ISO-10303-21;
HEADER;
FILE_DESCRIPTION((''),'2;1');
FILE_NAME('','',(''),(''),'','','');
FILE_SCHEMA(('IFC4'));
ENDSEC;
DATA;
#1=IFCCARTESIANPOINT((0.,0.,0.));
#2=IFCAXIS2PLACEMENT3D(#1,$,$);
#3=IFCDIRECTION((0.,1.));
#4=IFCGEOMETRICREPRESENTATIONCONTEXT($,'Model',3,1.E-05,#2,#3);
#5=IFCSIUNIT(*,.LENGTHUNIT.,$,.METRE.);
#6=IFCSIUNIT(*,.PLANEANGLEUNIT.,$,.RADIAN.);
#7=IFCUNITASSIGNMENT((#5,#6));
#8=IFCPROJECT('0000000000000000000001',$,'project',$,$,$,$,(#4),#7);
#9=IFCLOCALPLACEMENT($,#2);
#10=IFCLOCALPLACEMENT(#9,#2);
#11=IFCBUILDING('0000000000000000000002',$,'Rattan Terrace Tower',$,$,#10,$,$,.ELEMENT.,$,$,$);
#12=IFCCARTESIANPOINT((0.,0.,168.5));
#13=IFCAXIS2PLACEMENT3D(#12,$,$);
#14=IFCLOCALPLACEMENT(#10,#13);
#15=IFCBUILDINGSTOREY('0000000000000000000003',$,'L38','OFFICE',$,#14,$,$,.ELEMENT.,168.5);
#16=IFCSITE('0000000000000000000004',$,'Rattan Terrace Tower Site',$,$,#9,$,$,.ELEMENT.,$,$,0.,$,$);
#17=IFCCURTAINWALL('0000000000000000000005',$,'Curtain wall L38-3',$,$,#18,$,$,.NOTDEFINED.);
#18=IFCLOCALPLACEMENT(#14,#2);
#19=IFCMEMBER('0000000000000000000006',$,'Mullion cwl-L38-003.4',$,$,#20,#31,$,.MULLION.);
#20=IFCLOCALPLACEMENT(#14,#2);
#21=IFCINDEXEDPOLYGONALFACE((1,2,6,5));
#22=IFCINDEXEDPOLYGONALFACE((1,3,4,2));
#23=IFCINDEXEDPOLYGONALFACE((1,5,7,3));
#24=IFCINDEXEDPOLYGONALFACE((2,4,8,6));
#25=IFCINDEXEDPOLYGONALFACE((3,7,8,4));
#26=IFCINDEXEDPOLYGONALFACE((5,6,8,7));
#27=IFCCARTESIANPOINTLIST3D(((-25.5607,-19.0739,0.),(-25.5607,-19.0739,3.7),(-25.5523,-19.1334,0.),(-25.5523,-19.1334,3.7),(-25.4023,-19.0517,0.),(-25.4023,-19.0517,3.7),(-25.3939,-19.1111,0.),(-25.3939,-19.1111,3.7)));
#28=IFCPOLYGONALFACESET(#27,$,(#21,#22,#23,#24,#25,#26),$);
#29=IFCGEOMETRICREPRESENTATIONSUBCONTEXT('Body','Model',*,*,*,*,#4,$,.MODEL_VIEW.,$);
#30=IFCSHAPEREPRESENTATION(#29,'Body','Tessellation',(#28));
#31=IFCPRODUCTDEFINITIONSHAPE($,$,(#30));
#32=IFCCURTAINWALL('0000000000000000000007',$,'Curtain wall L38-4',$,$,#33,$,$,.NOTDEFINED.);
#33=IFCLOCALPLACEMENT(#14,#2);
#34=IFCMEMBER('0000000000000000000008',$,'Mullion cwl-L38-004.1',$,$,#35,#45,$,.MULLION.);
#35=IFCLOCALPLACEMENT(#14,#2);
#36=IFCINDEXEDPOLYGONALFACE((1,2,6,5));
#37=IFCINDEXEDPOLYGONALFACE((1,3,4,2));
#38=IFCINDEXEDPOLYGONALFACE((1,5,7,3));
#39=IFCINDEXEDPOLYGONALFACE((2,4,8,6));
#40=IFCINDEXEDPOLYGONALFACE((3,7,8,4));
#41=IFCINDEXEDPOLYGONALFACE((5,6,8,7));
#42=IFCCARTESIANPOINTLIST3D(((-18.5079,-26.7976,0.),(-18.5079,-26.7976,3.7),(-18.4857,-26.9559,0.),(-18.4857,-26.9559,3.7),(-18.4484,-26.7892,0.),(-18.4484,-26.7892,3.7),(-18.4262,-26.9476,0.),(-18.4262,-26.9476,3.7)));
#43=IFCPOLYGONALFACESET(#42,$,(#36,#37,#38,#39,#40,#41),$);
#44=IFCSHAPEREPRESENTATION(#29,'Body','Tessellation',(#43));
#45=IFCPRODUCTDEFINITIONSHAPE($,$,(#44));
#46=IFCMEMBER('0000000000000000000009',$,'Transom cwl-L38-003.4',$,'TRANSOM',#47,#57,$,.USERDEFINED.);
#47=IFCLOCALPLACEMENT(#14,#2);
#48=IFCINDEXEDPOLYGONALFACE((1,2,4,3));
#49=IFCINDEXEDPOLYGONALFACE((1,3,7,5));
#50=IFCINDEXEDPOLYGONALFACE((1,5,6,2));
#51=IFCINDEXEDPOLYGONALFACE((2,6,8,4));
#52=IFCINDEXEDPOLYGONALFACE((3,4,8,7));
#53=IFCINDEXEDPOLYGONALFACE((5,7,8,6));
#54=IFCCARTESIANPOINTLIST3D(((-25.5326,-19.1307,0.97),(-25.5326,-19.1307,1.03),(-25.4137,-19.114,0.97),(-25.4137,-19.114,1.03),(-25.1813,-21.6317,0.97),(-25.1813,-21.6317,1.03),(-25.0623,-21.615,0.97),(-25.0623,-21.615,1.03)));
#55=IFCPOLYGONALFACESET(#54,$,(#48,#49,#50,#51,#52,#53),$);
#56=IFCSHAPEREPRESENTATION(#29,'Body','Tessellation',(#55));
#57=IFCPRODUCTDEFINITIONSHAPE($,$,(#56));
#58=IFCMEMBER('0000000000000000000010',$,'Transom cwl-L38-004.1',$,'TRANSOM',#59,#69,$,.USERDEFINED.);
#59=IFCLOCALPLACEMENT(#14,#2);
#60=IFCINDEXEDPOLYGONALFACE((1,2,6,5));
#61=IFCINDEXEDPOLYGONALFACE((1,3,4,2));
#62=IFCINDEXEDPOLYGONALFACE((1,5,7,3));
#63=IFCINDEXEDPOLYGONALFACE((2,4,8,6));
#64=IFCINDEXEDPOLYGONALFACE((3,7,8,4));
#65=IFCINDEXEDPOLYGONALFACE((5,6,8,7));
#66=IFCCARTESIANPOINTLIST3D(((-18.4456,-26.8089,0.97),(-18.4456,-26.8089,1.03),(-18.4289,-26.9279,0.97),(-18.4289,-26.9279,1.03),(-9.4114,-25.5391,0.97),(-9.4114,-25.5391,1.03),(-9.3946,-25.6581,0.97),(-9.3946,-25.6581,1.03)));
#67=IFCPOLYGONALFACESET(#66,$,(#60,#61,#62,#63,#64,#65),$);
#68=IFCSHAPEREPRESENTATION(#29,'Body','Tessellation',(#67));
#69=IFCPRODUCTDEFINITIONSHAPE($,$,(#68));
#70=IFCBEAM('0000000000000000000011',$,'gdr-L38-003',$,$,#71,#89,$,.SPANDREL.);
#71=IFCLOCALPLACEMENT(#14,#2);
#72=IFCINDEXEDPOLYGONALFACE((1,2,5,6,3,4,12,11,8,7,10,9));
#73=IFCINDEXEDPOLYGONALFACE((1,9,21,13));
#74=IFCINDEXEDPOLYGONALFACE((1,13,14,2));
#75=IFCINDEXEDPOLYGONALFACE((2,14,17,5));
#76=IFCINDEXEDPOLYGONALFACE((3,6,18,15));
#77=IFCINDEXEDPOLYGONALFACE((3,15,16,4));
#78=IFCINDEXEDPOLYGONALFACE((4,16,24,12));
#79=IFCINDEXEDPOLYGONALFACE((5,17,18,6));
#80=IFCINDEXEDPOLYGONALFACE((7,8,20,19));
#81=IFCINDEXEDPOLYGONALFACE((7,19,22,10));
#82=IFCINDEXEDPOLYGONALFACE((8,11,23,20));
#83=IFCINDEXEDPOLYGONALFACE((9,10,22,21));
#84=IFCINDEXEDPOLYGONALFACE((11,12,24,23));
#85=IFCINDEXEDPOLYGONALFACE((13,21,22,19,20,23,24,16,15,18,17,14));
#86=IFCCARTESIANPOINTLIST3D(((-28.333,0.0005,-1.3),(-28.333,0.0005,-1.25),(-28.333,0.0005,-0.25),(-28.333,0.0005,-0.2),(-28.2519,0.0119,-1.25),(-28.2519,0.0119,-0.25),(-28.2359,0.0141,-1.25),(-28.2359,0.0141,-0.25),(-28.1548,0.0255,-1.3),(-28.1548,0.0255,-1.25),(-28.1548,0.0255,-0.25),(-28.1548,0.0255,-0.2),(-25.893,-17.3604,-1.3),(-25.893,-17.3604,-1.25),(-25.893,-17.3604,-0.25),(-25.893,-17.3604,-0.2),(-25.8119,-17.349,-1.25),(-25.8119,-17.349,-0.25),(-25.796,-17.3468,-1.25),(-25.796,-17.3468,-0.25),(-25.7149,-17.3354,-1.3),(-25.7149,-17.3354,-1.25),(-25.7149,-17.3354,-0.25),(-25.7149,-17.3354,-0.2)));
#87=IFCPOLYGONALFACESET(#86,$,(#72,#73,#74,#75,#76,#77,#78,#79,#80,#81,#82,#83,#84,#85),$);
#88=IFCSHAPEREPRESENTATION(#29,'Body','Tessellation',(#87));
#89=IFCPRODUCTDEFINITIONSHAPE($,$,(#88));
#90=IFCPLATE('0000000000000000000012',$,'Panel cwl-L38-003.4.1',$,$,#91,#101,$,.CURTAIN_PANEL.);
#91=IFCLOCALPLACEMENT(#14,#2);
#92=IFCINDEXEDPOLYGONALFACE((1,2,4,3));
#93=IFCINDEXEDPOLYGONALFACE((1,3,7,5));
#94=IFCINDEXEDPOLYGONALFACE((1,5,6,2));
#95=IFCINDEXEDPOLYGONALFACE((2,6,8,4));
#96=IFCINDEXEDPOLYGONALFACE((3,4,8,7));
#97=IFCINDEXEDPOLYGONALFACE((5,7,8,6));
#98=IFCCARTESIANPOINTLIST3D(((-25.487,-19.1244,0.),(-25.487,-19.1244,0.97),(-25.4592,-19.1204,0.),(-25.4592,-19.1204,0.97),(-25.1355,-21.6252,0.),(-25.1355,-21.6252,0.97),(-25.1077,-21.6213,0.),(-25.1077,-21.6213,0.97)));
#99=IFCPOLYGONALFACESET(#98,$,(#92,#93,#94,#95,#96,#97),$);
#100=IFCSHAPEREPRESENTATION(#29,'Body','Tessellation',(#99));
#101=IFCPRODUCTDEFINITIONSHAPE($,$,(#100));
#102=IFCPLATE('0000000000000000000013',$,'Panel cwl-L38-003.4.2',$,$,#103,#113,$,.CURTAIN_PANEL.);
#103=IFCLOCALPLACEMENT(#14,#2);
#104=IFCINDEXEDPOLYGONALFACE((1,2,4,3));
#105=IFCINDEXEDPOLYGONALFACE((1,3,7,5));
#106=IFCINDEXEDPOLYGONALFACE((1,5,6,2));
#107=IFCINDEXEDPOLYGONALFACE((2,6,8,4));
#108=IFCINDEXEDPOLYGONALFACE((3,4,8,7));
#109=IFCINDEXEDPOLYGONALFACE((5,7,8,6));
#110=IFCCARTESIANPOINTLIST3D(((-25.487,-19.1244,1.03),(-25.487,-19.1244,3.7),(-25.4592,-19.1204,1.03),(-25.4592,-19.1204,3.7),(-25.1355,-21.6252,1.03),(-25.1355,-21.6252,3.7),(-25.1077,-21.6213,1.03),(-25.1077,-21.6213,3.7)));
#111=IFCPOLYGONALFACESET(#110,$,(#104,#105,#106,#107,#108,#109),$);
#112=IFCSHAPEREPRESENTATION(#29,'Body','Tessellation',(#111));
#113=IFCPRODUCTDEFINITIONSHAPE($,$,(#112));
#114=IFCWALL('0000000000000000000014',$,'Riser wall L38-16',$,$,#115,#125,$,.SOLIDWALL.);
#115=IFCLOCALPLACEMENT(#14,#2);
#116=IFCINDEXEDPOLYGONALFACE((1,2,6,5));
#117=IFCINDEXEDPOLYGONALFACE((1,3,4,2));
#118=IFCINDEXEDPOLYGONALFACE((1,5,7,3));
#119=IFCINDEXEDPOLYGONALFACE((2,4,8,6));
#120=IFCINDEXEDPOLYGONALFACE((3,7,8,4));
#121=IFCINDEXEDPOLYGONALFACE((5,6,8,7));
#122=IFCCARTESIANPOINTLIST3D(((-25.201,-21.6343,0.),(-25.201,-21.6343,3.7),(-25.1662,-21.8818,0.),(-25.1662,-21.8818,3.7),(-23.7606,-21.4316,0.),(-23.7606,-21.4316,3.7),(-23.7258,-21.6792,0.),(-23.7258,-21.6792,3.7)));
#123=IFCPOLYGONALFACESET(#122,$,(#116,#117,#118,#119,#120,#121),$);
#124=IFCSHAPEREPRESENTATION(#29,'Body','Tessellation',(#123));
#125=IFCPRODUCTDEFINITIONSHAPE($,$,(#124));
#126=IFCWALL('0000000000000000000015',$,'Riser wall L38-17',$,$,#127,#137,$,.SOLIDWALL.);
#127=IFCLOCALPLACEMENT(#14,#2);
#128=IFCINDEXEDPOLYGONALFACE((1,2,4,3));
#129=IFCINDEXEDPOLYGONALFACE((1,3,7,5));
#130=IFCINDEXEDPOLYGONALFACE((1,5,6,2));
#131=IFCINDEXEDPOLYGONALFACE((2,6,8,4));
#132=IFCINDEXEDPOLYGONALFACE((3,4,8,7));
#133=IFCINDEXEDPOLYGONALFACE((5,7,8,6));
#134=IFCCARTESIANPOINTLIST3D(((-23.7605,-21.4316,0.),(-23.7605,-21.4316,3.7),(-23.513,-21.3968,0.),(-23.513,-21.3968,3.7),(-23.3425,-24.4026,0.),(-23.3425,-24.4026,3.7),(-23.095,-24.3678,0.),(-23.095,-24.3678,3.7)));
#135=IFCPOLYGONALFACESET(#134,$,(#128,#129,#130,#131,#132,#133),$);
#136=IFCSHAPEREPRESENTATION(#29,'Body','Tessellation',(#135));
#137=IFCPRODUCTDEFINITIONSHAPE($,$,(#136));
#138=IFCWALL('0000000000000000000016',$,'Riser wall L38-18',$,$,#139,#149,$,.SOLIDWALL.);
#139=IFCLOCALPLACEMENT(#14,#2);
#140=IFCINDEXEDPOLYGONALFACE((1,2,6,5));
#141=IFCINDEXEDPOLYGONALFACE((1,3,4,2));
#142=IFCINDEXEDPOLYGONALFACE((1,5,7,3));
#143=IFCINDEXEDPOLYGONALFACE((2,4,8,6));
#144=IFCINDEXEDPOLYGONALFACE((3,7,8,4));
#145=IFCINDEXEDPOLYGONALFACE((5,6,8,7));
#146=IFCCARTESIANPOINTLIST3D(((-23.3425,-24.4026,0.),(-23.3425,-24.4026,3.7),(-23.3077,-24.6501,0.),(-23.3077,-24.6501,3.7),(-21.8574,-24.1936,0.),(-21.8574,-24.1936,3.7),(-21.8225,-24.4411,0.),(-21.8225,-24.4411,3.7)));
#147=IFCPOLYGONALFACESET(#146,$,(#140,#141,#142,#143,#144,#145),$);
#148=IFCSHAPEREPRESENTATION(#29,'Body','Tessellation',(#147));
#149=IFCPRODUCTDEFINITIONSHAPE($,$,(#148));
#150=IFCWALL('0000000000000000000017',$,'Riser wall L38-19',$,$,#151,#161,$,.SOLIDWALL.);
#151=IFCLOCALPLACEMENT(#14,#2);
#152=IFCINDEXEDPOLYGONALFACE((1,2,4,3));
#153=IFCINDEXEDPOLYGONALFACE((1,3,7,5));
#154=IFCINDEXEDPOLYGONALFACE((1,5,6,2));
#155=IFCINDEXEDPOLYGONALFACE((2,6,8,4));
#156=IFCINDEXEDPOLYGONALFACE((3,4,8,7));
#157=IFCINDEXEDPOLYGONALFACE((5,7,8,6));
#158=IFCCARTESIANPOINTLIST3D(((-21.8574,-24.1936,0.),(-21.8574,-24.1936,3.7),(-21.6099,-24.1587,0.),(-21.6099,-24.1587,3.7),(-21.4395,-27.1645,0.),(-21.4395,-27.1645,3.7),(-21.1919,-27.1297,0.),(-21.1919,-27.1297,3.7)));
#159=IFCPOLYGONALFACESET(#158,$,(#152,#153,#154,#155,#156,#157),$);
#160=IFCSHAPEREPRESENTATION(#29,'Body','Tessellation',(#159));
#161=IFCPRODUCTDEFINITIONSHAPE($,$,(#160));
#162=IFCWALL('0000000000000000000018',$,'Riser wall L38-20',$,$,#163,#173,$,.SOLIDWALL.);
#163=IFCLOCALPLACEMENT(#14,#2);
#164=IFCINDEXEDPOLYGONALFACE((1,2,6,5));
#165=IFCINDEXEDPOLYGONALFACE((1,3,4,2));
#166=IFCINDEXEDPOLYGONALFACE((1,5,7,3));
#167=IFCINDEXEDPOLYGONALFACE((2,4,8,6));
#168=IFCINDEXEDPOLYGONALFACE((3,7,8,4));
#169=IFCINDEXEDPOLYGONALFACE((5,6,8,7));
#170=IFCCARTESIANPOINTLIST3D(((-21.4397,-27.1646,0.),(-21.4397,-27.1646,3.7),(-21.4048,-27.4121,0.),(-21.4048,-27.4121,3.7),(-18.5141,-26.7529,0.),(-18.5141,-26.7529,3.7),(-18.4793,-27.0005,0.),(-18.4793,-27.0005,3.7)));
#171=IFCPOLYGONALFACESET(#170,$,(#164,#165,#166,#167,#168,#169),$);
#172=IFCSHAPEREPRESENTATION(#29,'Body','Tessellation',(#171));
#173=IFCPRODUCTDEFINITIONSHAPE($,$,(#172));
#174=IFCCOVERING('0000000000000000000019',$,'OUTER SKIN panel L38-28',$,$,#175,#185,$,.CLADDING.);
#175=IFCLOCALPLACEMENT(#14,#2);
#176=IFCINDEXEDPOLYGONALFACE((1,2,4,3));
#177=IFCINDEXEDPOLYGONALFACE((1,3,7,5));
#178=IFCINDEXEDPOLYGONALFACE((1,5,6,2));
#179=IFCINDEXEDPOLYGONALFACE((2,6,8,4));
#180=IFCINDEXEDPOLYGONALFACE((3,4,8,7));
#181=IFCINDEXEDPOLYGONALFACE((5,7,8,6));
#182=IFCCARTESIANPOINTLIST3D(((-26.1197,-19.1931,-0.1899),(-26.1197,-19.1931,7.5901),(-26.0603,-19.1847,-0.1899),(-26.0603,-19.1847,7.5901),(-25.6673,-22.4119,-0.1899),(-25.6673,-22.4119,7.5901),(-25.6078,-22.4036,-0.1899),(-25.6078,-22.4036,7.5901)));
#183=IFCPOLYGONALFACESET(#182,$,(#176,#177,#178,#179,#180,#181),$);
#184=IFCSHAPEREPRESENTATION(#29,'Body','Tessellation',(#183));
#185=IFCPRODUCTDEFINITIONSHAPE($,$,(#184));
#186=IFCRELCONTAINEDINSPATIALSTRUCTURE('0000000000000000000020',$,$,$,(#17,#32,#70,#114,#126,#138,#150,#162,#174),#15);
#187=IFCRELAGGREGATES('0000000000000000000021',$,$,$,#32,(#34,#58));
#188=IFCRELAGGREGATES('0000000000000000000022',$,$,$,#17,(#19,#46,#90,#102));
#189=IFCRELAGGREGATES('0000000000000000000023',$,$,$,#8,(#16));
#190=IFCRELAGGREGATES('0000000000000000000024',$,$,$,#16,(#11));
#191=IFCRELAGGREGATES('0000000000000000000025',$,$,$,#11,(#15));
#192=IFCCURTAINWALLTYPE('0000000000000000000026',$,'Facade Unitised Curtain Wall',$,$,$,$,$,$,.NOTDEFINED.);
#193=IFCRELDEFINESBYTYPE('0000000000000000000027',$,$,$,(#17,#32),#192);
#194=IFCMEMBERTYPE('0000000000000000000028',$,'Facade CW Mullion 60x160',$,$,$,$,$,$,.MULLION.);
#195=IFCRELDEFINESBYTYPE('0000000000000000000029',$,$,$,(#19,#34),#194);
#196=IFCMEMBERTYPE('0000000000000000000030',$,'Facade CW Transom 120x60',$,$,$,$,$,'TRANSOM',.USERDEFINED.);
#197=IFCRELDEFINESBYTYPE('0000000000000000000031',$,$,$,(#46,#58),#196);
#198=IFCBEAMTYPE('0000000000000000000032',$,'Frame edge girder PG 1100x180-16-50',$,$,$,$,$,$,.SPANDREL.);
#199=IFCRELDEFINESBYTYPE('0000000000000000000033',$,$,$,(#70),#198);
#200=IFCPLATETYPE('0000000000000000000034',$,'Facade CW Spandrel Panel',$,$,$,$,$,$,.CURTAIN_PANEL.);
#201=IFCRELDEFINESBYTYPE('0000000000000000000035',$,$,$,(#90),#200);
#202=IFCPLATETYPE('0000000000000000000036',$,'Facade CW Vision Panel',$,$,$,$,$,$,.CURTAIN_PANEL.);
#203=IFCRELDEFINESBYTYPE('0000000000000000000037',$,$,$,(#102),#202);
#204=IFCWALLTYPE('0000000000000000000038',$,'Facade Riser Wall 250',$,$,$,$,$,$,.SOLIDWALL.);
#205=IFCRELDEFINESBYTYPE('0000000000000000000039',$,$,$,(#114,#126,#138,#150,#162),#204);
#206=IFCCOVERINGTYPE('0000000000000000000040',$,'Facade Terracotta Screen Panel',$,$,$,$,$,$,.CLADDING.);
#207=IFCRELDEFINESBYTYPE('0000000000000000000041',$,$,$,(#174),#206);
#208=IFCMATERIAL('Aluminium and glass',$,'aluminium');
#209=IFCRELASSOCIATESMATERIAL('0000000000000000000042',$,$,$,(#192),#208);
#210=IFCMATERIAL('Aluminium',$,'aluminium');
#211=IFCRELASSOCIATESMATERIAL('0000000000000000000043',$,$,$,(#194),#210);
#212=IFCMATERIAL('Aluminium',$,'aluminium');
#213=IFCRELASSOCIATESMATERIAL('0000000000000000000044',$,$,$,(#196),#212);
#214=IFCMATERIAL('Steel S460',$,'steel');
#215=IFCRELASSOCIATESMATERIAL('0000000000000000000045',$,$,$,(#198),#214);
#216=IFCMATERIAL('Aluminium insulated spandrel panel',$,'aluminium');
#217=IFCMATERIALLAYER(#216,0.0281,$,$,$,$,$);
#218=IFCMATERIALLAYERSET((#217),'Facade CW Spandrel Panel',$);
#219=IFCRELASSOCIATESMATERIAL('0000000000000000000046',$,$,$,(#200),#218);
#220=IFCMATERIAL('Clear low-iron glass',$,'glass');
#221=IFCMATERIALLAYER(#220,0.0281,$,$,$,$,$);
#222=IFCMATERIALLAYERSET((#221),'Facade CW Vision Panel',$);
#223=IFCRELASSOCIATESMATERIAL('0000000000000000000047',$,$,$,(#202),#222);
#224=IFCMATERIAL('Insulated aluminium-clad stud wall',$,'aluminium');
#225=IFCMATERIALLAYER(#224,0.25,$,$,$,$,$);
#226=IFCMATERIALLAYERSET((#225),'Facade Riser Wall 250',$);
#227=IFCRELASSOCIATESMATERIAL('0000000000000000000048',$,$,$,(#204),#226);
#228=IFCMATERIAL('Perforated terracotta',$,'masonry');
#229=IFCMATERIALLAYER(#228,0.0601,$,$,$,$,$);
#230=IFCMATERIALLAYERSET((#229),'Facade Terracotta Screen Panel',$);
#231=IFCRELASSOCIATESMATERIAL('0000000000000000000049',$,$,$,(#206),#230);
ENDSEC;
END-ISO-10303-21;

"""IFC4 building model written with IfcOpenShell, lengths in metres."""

from ifc_helpers import new_model, si_unit, direction, frame, frame_2d, origin, origin_2d, place, context, subcontext, project, spatial, rectangle, i_section, extrude, material, layer, layer_set, material_profile, profile_set, type_object, element, aggregate, save


model = new_model("IFC4")

# Units and contexts
model_context = context("Model", 3, precision=1e-05, world=origin(), true_north=direction((0.0, 1.0)))
body_context = subcontext(model_context, "Body", "Model", "MODEL_VIEW")
ifc_project = project(units=[si_unit("LENGTHUNIT", "METRE"), si_unit("PLANEANGLEUNIT", "RADIAN")], contexts=[model_context])

# Site, building, storey
site_placement = place(None, origin())
site = spatial("IfcSite", under=ifc_project, at=site_placement, Name="Rattan Terrace Tower Site", CompositionType="ELEMENT", RefElevation=0.0)
building_placement = place(site_placement, origin())
building = spatial("IfcBuilding", under=site, at=building_placement, Name="Rattan Terrace Tower", CompositionType="ELEMENT")
storey_placement = place(building_placement, frame((0.0, 0.0, 168.5)))
storey = spatial("IfcBuildingStorey", under=building, at=storey_placement, Name="L38", Description="OFFICE", CompositionType="ELEMENT", Elevation=168.5)

# Curtain walls, members
ifc_material_1 = material(Name="Aluminium and glass", Category="aluminium")
curtain_wall_type = type_object("IfcCurtainWallType", Name="Facade Unitised Curtain Wall", PredefinedType="NOTDEFINED", material=ifc_material_1)
curtain_wall_1_placement = place(storey_placement, origin())
curtain_wall_1 = element("IfcCurtainWall", 1, at=curtain_wall_1_placement, inside=storey, type_object=curtain_wall_type, Name="Curtain wall L38-3", PredefinedType="NOTDEFINED")
ifc_material_2 = material(Name="Aluminium", Category="aluminium")
ifc_material_profile_1 = material_profile(ifc_material_2, rectangle(XDim=0.0601, YDim=0.1599, at=origin_2d()), Name="Aluminium 60x160")
ifc_profile_set_1 = profile_set([ifc_material_profile_1], Name="Aluminium")
member_type_1 = type_object("IfcMemberType", Name="Facade CW Mullion 60x160", PredefinedType="MULLION", material=ifc_profile_set_1)
member_1_placement = place(storey_placement, frame((-25.4773, -19.0925, 0.0), z_axis=(0.0, 0.0, 1.0), x_axis=(0.139191, -0.990266, 0.0)))
member_1 = element("IfcMember", 2, at=member_1_placement, type_object=member_type_1, Name="Mullion cwl-L38-003.4", PredefinedType="MULLION", context=body_context, shape_type="SweptSolid", body=[
    extrude(rectangle(XDim=0.0601, YDim=0.1599, at=origin_2d()), origin(), (0.0, 0.0, 1.0), 3.7),
])
curtain_wall_2_placement = place(storey_placement, origin())
curtain_wall_2 = element("IfcCurtainWall", 3, at=curtain_wall_2_placement, inside=storey, type_object=curtain_wall_type, Name="Curtain wall L38-4", PredefinedType="NOTDEFINED")
member_2_placement = place(storey_placement, frame((-18.467, -26.8726, 0.0), z_axis=(0.0, 0.0, 1.0), x_axis=(0.99027, 0.139161, 0.0)))
member_2 = element("IfcMember", 4, at=member_2_placement, type_object=member_type_1, Name="Mullion cwl-L38-004.1", PredefinedType="MULLION", context=body_context, shape_type="SweptSolid", body=[
    extrude(rectangle(XDim=0.0601, YDim=0.1599, at=origin_2d()), origin(), (0.0, 0.0, 1.0), 3.7),
])

# Members
ifc_material_3 = material(Name="Aluminium", Category="aluminium")
ifc_material_profile_2 = material_profile(ifc_material_3, rectangle(XDim=0.1201, YDim=0.0601, at=origin_2d()), Name="Aluminium 120x60")
ifc_profile_set_2 = profile_set([ifc_material_profile_2], Name="Aluminium")
member_type_2 = type_object("IfcMemberType", Name="Facade CW Transom 120x60", ElementType="TRANSOM", PredefinedType="USERDEFINED", material=ifc_profile_set_2)
member_3_placement = place(storey_placement, frame((-25.4731, -19.1223, 1.0), z_axis=(0.139107, -0.990277, 0.0), x_axis=(0.990277, 0.139107, 0.0)))
member_3 = element("IfcMember", 5, at=member_3_placement, type_object=member_type_2, Name="Transom cwl-L38-003.4", ObjectType="TRANSOM", PredefinedType="USERDEFINED", context=body_context, shape_type="SweptSolid", body=[
    extrude(rectangle(XDim=0.1201, YDim=0.0601, at=origin_2d()), origin(), (0.0, 0.0, 1.0), 2.5256),
])
member_4_placement = place(storey_placement, frame((-18.4373, -26.8684, 1.0), z_axis=(0.990266, 0.139184, 0.0), x_axis=(-0.139184, 0.990266, 0.0)))
member_4 = element("IfcMember", 6, at=member_4_placement, type_object=member_type_2, Name="Transom cwl-L38-004.1", ObjectType="TRANSOM", PredefinedType="USERDEFINED", context=body_context, shape_type="SweptSolid", body=[
    extrude(rectangle(XDim=0.1201, YDim=0.0601, at=origin_2d()), origin(), (0.0, 0.0, 1.0), 9.123),
])
aggregate(curtain_wall_2, [member_2, member_4])

# Beam
ifc_material_4 = material(Name="Steel S460", Category="steel")
ifc_material_profile_3 = material_profile(ifc_material_4, i_section(OverallWidth=0.1799, OverallDepth=1.1001, WebThickness=0.0161, FlangeThickness=0.05, at=origin_2d()), Name="PG 1100x180-16-50")
ifc_profile_set_3 = profile_set([ifc_material_profile_3], Name="Steel S460")
beam_type = type_object("IfcBeamType", Name="Frame edge girder PG 1100x180-16-50", PredefinedType="SPANDREL", material=ifc_profile_set_3)
beam_placement = place(storey_placement, frame((-25.804, -17.3479, -0.75), z_axis=(-0.139175, 0.990268, 0.0), x_axis=(-0.990268, -0.139175, 0.0)))
element("IfcBeam", 7, at=beam_placement, inside=storey, type_object=beam_type, Name="gdr-L38-003", PredefinedType="SPANDREL", context=body_context, shape_type="SweptSolid", body=[
    extrude(i_section(OverallWidth=0.1799, OverallDepth=1.1001, WebThickness=0.0161, FlangeThickness=0.05, at=origin_2d()), origin(), (0.0, 0.0, 1.0), 17.5315),
])

# Plates
ifc_material_5 = material(Name="Aluminium insulated spandrel panel", Category="aluminium")
ifc_layer_1 = layer(ifc_material_5, 0.0281)
ifc_layer_set_1 = layer_set([ifc_layer_1], Name="Facade CW Spandrel Panel")
plate_type_1 = type_object("IfcPlateType", Name="Facade CW Spandrel Panel", PredefinedType="CURTAIN_PANEL", material=ifc_layer_set_1)
plate_1_placement = place(storey_placement, frame((-25.2974, -20.3728, 0.0), z_axis=(0.0, 0.0, 1.0), x_axis=(0.139191, -0.990266, 0.0)))
plate_1 = element("IfcPlate", 8, at=plate_1_placement, type_object=plate_type_1, Name="Panel cwl-L38-003.4.1", PredefinedType="CURTAIN_PANEL", context=body_context, shape_type="SweptSolid", body=[
    extrude(rectangle(XDim=2.5254, YDim=0.0281, at=origin_2d()), origin(), (0.0, 0.0, 1.0), 0.97),
])
ifc_material_6 = material(Name="Clear low-iron glass", Category="glass")
ifc_layer_2 = layer(ifc_material_6, 0.0281)
ifc_layer_set_2 = layer_set([ifc_layer_2], Name="Facade CW Vision Panel")
plate_type_2 = type_object("IfcPlateType", Name="Facade CW Vision Panel", PredefinedType="CURTAIN_PANEL", material=ifc_layer_set_2)
plate_2_placement = place(storey_placement, frame((-25.2974, -20.3728, 1.03), z_axis=(0.0, 0.0, 1.0), x_axis=(0.139191, -0.990266, 0.0)))
plate_2 = element("IfcPlate", 9, at=plate_2_placement, type_object=plate_type_2, Name="Panel cwl-L38-003.4.2", PredefinedType="CURTAIN_PANEL", context=body_context, shape_type="SweptSolid", body=[
    extrude(rectangle(XDim=2.5254, YDim=0.0281, at=origin_2d()), origin(), (0.0, 0.0, 1.0), 2.6699),
])
aggregate(curtain_wall_1, [member_1, member_3, plate_1, plate_2])

# Walls
ifc_material_7 = material(Name="Insulated aluminium-clad stud wall", Category="aluminium")
ifc_layer_3 = layer(ifc_material_7, 0.25)
ifc_layer_set_3 = layer_set([ifc_layer_3], Name="Facade Riser Wall 250")
wall_type = type_object("IfcWallType", Name="Facade Riser Wall 250", PredefinedType="SOLIDWALL", material=ifc_layer_set_3)
wall_1_placement = place(storey_placement, frame((-25.1836, -21.7581, 0.0), z_axis=(0.0, 0.0, 1.0), x_axis=(0.990249, 0.139306, 0.0)))
element("IfcWall", 10, at=wall_1_placement, inside=storey, type_object=wall_type, Name="Riser wall L38-16", PredefinedType="SOLIDWALL", context=body_context, shape_type="SweptSolid", body=[
    extrude(rectangle(XDim=1.4546, YDim=0.25, at=frame_2d((0.7273, 0.0))), origin(), (0.0, 0.0, 1.0), 3.7),
])
wall_2_placement = place(storey_placement, frame((-23.6367, -21.4143, 0.0), z_axis=(0.0, 0.0, 1.0), x_axis=(0.139313, -0.990248, 0.0)))
element("IfcWall", 11, at=wall_2_placement, inside=storey, type_object=wall_type, Name="Riser wall L38-17", PredefinedType="SOLIDWALL", context=body_context, shape_type="SweptSolid", body=[
    extrude(rectangle(XDim=3.0002, YDim=0.25, at=frame_2d((1.5, 0.0))), origin(), (0.0, 0.0, 1.0), 3.7),
])
wall_3_placement = place(storey_placement, frame((-23.3252, -24.5264, 0.0), z_axis=(0.0, 0.0, 1.0), x_axis=(0.990244, 0.139347, 0.0)))
element("IfcWall", 12, at=wall_3_placement, inside=storey, type_object=wall_type, Name="Riser wall L38-18", PredefinedType="SOLIDWALL", context=body_context, shape_type="SweptSolid", body=[
    extrude(rectangle(XDim=1.4998, YDim=0.25, at=frame_2d((0.75, 0.0))), origin(), (0.0, 0.0, 1.0), 3.7),
])
wall_4_placement = place(storey_placement, frame((-21.7336, -24.1763, 0.0), z_axis=(0.0, 0.0, 1.0), x_axis=(0.139313, -0.990248, 0.0)))
element("IfcWall", 13, at=wall_4_placement, inside=storey, type_object=wall_type, Name="Riser wall L38-19", PredefinedType="SOLIDWALL", context=body_context, shape_type="SweptSolid", body=[
    extrude(rectangle(XDim=3.0002, YDim=0.25, at=frame_2d((1.5, 0.0))), origin(), (0.0, 0.0, 1.0), 3.7),
])
wall_5_placement = place(storey_placement, frame((-21.4221, -27.2883, 0.0), z_axis=(0.0, 0.0, 1.0), x_axis=(0.990246, 0.139327, 0.0)))
element("IfcWall", 14, at=wall_5_placement, inside=storey, type_object=wall_type, Name="Riser wall L38-20", PredefinedType="SOLIDWALL", context=body_context, shape_type="SweptSolid", body=[
    extrude(rectangle(XDim=2.9543, YDim=0.25, at=frame_2d((1.4771, 0.0))), origin(), (0.0, 0.0, 1.0), 3.7),
])

# Covering
ifc_material_8 = material(Name="Perforated terracotta", Category="masonry")
ifc_layer_4 = layer(ifc_material_8, 0.0601)
ifc_layer_set_4 = layer_set([ifc_layer_4], Name="Facade Terracotta Screen Panel")
covering_type = type_object("IfcCoveringType", Name="Facade Terracotta Screen Panel", PredefinedType="CLADDING", material=ifc_layer_set_4)
covering_1_placement = place(storey_placement, frame((-25.8638, -20.7983, -0.1899), z_axis=(0.0, 0.0, 1.0), x_axis=(0.139191, -0.990266, 0.0)))
element("IfcCovering", 15, at=covering_1_placement, inside=storey, type_object=covering_type, Name="OUTER SKIN panel L38-28", PredefinedType="CLADDING", context=body_context, shape_type="SweptSolid", body=[
    extrude(rectangle(XDim=3.2505, YDim=0.0601, at=origin_2d()), origin(), (0.0, 0.0, 1.0), 7.78),
])

save(model, "model.ifc")
